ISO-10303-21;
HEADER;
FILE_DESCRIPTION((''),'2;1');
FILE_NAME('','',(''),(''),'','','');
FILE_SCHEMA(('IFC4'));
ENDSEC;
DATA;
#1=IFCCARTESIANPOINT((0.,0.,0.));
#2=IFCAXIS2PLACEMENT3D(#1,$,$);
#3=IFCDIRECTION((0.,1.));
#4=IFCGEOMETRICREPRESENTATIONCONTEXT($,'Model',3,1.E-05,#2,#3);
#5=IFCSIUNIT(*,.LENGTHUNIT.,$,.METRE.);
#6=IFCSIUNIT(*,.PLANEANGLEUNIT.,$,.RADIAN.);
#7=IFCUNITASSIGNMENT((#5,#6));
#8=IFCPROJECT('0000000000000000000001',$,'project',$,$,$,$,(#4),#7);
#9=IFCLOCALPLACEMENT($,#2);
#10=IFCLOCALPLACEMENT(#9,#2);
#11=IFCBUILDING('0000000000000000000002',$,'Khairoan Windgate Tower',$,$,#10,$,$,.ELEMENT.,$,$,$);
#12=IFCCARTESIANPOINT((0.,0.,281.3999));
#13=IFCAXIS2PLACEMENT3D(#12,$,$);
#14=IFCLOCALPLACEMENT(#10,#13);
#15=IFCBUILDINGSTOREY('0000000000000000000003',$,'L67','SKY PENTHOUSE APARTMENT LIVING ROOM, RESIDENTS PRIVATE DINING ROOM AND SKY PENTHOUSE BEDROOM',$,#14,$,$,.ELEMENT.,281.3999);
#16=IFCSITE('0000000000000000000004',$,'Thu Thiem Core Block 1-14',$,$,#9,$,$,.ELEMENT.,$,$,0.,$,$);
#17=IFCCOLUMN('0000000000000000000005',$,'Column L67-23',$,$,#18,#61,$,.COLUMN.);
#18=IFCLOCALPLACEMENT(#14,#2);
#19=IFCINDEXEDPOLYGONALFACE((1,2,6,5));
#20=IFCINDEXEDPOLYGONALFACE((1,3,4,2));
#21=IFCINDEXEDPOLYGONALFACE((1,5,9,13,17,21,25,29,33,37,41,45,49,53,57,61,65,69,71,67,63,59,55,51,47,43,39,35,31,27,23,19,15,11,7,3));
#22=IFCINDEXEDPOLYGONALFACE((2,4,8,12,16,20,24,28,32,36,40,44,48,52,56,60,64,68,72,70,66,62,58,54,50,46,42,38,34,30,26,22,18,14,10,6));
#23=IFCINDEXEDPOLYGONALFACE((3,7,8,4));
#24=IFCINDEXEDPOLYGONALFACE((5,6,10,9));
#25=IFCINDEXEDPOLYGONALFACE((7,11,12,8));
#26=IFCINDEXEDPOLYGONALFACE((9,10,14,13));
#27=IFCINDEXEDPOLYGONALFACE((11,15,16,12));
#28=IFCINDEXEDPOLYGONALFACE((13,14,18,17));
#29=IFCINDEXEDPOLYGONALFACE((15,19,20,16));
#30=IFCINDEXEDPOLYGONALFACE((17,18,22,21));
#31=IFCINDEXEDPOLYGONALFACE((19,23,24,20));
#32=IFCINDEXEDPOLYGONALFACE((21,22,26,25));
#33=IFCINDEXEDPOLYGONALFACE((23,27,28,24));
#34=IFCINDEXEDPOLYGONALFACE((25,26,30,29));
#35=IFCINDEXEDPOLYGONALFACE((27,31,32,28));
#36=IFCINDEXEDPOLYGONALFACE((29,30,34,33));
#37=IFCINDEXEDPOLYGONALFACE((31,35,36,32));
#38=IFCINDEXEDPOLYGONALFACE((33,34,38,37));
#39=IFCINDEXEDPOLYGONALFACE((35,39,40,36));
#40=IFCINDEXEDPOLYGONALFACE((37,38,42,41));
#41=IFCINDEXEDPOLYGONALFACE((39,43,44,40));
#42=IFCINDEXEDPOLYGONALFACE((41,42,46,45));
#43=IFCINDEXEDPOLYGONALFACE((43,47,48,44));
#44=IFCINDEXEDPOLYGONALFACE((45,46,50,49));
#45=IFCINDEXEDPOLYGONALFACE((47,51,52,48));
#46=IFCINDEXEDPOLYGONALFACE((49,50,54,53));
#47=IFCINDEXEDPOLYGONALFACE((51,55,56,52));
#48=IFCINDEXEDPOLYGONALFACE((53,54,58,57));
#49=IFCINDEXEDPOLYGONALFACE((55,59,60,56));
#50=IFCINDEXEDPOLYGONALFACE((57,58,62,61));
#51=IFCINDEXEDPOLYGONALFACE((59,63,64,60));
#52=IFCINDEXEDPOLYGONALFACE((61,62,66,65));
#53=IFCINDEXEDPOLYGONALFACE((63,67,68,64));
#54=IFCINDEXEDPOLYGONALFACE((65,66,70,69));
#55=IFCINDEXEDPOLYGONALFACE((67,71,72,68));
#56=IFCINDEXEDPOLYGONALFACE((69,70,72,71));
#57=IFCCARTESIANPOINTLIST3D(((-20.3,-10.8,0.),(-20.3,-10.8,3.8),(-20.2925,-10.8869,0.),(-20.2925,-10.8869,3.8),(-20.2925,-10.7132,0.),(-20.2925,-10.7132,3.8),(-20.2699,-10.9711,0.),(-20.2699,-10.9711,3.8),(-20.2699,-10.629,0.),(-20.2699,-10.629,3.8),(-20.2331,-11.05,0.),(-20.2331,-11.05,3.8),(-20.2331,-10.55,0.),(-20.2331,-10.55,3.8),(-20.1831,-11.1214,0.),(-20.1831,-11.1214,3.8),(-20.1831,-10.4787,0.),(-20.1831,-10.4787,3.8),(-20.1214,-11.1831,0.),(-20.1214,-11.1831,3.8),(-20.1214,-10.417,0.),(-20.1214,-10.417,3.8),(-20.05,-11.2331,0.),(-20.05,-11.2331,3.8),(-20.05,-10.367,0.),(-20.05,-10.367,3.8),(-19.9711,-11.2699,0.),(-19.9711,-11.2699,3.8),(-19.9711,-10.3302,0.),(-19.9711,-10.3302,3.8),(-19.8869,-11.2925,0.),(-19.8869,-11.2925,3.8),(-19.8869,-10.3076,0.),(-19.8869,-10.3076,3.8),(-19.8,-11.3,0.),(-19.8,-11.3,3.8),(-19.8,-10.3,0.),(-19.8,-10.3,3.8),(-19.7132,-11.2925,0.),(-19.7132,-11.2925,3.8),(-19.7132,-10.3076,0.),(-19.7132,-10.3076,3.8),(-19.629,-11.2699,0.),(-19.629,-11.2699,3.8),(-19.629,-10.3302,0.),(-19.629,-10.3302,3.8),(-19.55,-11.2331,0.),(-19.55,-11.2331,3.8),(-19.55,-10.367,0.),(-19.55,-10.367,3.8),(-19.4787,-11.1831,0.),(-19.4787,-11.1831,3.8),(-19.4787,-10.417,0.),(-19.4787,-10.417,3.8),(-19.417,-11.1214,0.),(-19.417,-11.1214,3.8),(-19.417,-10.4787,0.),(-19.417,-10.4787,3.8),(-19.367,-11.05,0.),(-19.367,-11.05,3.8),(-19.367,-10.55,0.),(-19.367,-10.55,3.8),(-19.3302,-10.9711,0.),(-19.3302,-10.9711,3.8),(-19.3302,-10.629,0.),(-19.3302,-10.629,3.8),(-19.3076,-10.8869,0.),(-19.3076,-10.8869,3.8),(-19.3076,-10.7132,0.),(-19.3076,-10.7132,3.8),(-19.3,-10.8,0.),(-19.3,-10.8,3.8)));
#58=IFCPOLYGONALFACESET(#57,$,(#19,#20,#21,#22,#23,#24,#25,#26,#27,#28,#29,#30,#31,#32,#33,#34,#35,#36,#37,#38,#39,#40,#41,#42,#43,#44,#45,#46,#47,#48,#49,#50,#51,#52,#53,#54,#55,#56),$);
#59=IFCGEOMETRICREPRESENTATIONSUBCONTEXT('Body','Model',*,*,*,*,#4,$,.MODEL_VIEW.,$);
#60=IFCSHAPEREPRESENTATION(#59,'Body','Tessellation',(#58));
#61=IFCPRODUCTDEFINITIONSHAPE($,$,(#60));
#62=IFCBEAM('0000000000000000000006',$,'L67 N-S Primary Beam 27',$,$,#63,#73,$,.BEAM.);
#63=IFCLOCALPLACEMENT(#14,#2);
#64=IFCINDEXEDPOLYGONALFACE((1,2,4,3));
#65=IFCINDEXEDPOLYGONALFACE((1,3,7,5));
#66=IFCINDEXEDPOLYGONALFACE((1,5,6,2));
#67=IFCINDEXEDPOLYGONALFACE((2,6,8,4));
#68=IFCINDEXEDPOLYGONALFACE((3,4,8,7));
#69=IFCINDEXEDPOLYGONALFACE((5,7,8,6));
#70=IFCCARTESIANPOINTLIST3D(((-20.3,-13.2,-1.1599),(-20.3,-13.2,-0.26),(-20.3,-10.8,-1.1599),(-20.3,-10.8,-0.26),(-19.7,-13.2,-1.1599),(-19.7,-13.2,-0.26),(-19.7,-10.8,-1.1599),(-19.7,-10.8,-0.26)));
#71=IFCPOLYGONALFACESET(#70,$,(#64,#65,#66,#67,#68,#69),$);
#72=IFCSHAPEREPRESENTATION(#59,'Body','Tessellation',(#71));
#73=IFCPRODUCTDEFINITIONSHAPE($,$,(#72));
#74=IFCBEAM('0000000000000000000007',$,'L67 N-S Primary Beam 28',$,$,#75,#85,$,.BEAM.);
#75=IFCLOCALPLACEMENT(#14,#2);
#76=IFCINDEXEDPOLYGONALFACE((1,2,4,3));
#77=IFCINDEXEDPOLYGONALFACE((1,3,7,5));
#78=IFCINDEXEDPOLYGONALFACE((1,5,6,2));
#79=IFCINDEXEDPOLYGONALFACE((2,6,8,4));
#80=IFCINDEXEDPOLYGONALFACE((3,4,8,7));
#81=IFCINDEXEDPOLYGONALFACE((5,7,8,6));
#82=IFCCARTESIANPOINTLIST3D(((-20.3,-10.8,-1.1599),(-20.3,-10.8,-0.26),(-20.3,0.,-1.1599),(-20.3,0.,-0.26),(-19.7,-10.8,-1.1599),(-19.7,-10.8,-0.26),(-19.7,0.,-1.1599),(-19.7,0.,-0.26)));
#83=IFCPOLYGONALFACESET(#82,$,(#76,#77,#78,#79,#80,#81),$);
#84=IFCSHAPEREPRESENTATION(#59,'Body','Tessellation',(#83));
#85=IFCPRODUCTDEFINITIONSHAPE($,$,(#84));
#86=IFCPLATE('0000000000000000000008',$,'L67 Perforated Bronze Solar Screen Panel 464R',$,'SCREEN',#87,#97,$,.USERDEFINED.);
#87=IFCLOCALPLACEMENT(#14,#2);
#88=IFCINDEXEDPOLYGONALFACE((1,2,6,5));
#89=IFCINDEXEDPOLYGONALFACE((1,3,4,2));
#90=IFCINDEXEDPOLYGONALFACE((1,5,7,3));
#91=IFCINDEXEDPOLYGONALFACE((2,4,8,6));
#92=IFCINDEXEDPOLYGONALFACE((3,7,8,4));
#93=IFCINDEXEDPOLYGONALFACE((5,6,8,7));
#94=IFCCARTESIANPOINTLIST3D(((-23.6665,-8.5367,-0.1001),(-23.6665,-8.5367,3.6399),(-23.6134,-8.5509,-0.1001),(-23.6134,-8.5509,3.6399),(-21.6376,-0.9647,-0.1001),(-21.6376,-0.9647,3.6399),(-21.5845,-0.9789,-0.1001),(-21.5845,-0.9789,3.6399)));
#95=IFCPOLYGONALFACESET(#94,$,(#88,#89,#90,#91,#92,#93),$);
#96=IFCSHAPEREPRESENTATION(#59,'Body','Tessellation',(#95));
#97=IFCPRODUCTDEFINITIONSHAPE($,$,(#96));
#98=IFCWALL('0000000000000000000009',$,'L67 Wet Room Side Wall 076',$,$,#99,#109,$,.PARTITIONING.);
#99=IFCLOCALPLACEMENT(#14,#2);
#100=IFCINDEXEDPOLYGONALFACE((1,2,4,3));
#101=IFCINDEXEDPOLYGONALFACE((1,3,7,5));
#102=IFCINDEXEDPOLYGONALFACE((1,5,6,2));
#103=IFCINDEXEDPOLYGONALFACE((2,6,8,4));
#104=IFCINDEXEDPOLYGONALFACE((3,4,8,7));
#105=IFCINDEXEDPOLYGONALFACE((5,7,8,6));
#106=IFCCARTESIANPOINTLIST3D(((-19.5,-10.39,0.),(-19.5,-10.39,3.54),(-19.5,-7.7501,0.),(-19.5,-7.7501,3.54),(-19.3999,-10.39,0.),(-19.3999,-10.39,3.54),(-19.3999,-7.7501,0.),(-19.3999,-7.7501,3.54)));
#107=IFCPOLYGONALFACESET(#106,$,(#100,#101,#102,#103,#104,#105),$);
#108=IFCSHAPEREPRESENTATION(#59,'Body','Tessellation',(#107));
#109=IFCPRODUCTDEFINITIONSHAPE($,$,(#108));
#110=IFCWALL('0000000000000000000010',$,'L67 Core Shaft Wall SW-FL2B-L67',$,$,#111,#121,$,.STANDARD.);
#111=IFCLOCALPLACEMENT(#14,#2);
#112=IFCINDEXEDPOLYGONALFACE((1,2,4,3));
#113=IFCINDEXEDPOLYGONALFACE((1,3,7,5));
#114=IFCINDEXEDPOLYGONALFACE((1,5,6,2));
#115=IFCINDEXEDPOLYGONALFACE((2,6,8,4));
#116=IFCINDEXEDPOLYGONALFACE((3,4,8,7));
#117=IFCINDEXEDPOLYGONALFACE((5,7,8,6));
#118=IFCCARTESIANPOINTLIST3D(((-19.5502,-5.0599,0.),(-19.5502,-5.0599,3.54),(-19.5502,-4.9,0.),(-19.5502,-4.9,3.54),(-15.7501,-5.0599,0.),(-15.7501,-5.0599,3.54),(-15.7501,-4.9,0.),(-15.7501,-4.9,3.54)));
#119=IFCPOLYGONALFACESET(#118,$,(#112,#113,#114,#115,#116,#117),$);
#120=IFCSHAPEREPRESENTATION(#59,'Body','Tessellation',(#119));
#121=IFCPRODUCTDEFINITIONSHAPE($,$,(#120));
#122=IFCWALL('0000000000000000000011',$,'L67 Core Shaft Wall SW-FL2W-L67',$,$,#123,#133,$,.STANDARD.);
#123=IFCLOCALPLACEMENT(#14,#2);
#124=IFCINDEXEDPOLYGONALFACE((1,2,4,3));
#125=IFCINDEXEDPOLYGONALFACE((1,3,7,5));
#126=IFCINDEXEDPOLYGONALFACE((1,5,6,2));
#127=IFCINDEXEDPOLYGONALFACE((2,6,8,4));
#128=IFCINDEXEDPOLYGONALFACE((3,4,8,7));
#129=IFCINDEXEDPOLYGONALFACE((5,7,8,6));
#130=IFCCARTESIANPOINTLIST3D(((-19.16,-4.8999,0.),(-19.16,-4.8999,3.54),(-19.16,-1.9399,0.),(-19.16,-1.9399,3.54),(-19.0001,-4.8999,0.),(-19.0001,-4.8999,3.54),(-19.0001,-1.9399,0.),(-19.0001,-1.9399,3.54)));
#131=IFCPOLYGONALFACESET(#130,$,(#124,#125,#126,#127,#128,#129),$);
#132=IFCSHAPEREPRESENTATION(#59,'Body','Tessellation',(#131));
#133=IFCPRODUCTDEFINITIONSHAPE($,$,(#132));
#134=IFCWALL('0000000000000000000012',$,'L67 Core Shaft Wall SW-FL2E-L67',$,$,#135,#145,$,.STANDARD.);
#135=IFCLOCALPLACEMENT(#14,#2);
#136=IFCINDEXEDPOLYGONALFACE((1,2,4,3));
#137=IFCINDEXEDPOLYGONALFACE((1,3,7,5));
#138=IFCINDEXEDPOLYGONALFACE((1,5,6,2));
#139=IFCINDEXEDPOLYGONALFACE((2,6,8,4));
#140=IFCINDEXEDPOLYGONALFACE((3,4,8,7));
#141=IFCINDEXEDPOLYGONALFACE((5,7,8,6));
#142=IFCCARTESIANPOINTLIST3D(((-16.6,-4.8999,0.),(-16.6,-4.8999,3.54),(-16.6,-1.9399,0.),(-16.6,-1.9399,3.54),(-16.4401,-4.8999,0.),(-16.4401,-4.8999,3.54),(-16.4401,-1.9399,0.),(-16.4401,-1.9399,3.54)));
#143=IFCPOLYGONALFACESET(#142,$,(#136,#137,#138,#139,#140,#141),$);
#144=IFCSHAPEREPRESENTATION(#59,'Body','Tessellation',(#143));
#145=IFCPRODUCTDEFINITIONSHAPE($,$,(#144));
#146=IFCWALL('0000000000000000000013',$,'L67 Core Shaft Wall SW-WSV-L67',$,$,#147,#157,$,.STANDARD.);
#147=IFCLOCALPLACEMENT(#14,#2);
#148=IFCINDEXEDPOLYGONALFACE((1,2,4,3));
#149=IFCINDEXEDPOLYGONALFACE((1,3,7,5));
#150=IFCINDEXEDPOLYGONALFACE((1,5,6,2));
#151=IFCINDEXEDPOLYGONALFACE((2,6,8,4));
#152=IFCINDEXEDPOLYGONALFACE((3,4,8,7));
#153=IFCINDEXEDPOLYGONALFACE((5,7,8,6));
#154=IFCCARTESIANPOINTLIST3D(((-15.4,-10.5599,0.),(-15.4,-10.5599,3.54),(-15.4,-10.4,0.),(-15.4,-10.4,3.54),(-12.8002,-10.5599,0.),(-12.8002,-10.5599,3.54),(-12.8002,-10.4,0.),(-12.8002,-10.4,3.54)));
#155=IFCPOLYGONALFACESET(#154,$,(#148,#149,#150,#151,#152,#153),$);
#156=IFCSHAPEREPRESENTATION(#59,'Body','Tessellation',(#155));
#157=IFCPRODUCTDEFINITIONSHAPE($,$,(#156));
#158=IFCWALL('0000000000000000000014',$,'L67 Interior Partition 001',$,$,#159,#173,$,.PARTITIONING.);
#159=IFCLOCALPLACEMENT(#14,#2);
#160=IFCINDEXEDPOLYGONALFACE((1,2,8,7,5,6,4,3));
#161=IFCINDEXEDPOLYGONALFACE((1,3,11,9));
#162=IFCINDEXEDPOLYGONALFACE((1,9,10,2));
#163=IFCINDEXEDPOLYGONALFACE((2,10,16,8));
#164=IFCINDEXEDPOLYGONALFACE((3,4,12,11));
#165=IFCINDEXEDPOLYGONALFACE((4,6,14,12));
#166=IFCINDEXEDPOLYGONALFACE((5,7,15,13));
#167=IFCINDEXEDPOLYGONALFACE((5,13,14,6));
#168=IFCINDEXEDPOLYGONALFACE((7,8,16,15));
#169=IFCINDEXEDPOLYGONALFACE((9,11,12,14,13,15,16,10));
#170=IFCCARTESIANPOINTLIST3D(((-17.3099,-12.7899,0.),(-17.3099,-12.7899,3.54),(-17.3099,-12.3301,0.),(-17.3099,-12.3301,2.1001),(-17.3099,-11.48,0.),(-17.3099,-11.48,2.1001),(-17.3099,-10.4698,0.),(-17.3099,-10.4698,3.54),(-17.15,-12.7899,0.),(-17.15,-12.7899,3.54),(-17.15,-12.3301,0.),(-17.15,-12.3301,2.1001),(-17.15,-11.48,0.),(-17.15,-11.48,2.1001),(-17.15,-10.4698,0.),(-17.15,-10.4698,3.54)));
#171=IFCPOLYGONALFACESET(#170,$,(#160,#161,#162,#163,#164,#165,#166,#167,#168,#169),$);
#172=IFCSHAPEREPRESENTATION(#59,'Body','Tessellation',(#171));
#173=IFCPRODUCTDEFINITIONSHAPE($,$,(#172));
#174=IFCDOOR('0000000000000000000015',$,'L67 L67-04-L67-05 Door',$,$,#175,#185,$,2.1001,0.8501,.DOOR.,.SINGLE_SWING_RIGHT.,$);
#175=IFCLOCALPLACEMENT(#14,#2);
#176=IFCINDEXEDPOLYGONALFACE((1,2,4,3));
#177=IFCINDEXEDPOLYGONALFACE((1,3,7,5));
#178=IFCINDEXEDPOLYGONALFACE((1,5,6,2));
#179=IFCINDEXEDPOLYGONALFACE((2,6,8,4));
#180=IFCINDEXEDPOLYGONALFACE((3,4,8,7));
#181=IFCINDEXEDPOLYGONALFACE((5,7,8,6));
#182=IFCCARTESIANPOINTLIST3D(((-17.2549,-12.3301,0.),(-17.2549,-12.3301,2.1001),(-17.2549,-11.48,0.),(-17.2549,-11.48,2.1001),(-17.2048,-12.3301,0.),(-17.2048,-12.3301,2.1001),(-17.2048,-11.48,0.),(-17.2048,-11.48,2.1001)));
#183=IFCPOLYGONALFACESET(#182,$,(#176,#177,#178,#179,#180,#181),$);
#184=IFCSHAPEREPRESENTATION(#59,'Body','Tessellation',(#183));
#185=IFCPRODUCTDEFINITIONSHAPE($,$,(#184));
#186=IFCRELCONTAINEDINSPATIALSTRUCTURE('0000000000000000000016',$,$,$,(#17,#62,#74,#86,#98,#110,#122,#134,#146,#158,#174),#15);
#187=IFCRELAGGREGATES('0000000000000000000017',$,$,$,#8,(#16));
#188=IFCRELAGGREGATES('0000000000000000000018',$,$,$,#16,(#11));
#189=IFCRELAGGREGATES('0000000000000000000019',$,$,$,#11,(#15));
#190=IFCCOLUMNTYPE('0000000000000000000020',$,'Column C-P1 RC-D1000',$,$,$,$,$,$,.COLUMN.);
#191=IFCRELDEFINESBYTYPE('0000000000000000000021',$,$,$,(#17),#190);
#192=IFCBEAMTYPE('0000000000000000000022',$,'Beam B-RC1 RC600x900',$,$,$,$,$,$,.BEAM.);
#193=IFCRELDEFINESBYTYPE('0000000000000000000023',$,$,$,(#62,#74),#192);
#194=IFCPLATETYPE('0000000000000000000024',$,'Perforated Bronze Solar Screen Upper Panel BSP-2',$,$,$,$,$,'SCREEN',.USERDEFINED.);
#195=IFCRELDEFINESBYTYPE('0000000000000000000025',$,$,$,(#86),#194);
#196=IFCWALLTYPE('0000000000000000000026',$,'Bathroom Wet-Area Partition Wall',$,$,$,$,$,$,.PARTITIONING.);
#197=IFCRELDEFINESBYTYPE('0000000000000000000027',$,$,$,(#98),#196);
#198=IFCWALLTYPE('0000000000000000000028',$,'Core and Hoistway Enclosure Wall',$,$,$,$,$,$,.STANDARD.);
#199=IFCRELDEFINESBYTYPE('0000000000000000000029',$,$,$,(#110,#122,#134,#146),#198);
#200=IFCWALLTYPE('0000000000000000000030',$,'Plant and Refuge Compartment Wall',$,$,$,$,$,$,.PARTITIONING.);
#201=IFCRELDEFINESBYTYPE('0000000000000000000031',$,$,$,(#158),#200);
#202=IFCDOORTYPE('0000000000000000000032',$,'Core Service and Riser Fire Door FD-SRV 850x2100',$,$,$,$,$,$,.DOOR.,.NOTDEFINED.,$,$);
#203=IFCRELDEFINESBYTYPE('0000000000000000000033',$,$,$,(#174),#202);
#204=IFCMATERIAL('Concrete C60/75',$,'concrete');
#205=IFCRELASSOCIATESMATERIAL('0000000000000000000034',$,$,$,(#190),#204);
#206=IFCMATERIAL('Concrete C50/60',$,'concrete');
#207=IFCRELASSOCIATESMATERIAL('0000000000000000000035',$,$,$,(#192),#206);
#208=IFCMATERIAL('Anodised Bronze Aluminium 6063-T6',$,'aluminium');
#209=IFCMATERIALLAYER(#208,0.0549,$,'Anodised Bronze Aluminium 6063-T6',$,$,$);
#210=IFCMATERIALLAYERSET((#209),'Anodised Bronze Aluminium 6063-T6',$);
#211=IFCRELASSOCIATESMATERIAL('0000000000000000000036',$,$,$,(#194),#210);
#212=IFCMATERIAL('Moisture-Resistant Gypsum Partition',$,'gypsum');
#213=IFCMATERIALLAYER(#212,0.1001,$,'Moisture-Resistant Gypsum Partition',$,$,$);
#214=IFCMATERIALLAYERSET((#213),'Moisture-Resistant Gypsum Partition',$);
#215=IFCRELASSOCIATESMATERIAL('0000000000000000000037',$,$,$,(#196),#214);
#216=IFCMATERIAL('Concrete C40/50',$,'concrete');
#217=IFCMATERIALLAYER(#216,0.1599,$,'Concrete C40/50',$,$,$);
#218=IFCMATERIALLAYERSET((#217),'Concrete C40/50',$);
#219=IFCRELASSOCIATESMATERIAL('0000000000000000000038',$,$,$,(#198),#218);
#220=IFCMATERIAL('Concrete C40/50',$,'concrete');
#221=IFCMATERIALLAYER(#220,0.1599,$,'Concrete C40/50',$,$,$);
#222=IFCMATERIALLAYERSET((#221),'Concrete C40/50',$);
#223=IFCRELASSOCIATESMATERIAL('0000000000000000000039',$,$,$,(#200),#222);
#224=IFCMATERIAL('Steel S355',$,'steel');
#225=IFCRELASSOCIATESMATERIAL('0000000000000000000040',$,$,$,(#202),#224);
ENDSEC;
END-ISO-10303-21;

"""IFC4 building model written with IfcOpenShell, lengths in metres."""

from ifc_helpers import new_model, si_unit, direction, frame, frame_2d, origin, origin_2d, place, context, subcontext, project, spatial, rectangle, circle, extrude, material, layer, layer_set, material_profile, profile_set, type_object, element, fill, save


model = new_model("IFC4")

# Units and contexts
model_context = context("Model", 3, precision=1e-05, world=origin(), true_north=direction((0.0, 1.0)))
body_context = subcontext(model_context, "Body", "Model", "MODEL_VIEW")
ifc_project = project(units=[si_unit("LENGTHUNIT", "METRE"), si_unit("PLANEANGLEUNIT", "RADIAN")], contexts=[model_context])

# Site, building, storey
site_placement = place(None, origin())
site = spatial("IfcSite", under=ifc_project, at=site_placement, Name="Thu Thiem Core Block 1-14", CompositionType="ELEMENT", RefElevation=0.0)
building_placement = place(site_placement, origin())
building = spatial("IfcBuilding", under=site, at=building_placement, Name="Khairoan Windgate Tower", CompositionType="ELEMENT")
storey_placement = place(building_placement, frame((0.0, 0.0, 281.3999)))
storey = spatial("IfcBuildingStorey", under=building, at=storey_placement, Name="L67", Description="SKY PENTHOUSE APARTMENT LIVING ROOM, RESIDENTS PRIVATE DINING ROOM AND SKY PENTHOUSE BEDROOM", CompositionType="ELEMENT", Elevation=281.3999)

# Column
ifc_material_1 = material(Name="Concrete C60/75", Category="concrete")
ifc_material_profile_1 = material_profile(ifc_material_1, circle(Radius=0.5, at=origin_2d()))
ifc_profile_set_1 = profile_set([ifc_material_profile_1], Name="Concrete C60/75")
column_type = type_object("IfcColumnType", Name="Column C-P1 RC-D1000", PredefinedType="COLUMN", material=ifc_profile_set_1)
column_placement = place(storey_placement, frame((-19.8, -10.8, 0.0), z_axis=(0.0, 0.0, 1.0), x_axis=(1.0, 0.0, 0.0)))
element("IfcColumn", 1, at=column_placement, inside=storey, type_object=column_type, Name="Column L67-23", PredefinedType="COLUMN", context=body_context, shape_type="SweptSolid", body=[
    extrude(circle(Radius=0.5, at=origin_2d()), origin(), (0.0, 0.0, 1.0), 3.8),
])

# Beams
ifc_material_2 = material(Name="Concrete C50/60", Category="concrete")
ifc_material_profile_2 = material_profile(ifc_material_2, rectangle(XDim=0.6001, YDim=0.8999, at=origin_2d()))
ifc_profile_set_2 = profile_set([ifc_material_profile_2], Name="Concrete C50/60")
beam_type = type_object("IfcBeamType", Name="Beam B-RC1 RC600x900", PredefinedType="BEAM", material=ifc_profile_set_2)
beam_1_placement = place(storey_placement, frame((-20.0, -13.2, -0.71), z_axis=(0.0, 1.0, 0.0), x_axis=(-1.0, 0.0, 0.0)))
element("IfcBeam", 2, at=beam_1_placement, inside=storey, type_object=beam_type, Name="L67 N-S Primary Beam 27", PredefinedType="BEAM", context=body_context, shape_type="SweptSolid", body=[
    extrude(rectangle(XDim=0.6001, YDim=0.8999, at=origin_2d()), origin(), (0.0, 0.0, 1.0), 2.3999),
])
beam_2_placement = place(storey_placement, frame((-20.0, -10.8, -0.71), z_axis=(0.0, 1.0, 0.0), x_axis=(-1.0, 0.0, 0.0)))
element("IfcBeam", 3, at=beam_2_placement, inside=storey, type_object=beam_type, Name="L67 N-S Primary Beam 28", PredefinedType="BEAM", context=body_context, shape_type="SweptSolid", body=[
    extrude(rectangle(XDim=0.6001, YDim=0.8999, at=origin_2d()), origin(), (0.0, 0.0, 1.0), 10.8),
])

# Plate
ifc_material_3 = material(Name="Anodised Bronze Aluminium 6063-T6", Category="aluminium")
ifc_layer_1 = layer(ifc_material_3, 0.0549, Name="Anodised Bronze Aluminium 6063-T6")
ifc_layer_set_1 = layer_set([ifc_layer_1], Name="Anodised Bronze Aluminium 6063-T6")
plate_type = type_object("IfcPlateType", Name="Perforated Bronze Solar Screen Upper Panel BSP-2", ElementType="SCREEN", PredefinedType="USERDEFINED", material=ifc_layer_set_1)
plate_placement = place(storey_placement, frame((-22.6255, -4.7578, -0.1001), z_axis=(0.0, 0.0, 1.0), x_axis=(0.258819, 0.965926, 0.0)))
element("IfcPlate", 4, at=plate_placement, inside=storey, type_object=plate_type, Name="L67 Perforated Bronze Solar Screen Panel 464R", ObjectType="SCREEN", PredefinedType="USERDEFINED", context=body_context, shape_type="SweptSolid", body=[
    extrude(rectangle(XDim=7.8391, YDim=0.0549, at=origin_2d()), origin(), (0.0, 0.0, 1.0), 3.74),
])

# Walls
ifc_material_4 = material(Name="Moisture-Resistant Gypsum Partition", Category="gypsum")
ifc_layer_2 = layer(ifc_material_4, 0.1001, Name="Moisture-Resistant Gypsum Partition")
ifc_layer_set_2 = layer_set([ifc_layer_2], Name="Moisture-Resistant Gypsum Partition")
wall_type_1 = type_object("IfcWallType", Name="Bathroom Wet-Area Partition Wall", PredefinedType="PARTITIONING", material=ifc_layer_set_2)
wall_1_placement = place(storey_placement, frame((-19.45, -10.3899, 0.0), z_axis=(0.0, 0.0, 1.0), x_axis=(0.0, 1.0, 0.0)))
element("IfcWall", 5, at=wall_1_placement, inside=storey, type_object=wall_type_1, Name="L67 Wet Room Side Wall 076", PredefinedType="PARTITIONING", context=body_context, shape_type="SweptSolid", body=[
    extrude(rectangle(XDim=2.6399, YDim=0.1001, at=frame_2d((1.3198, 0.0))), origin(), (0.0, 0.0, 1.0), 3.54),
])
ifc_material_5 = material(Name="Concrete C40/50", Category="concrete")
ifc_layer_3 = layer(ifc_material_5, 0.1599, Name="Concrete C40/50")
ifc_layer_set_3 = layer_set([ifc_layer_3], Name="Concrete C40/50")
wall_type_2 = type_object("IfcWallType", Name="Core and Hoistway Enclosure Wall", PredefinedType="STANDARD", material=ifc_layer_set_3)
wall_2_placement = place(storey_placement, frame((-19.55, -4.98, 0.0), z_axis=(0.0, 0.0, 1.0), x_axis=(1.0, 0.0, 0.0)))
element("IfcWall", 6, at=wall_2_placement, inside=storey, type_object=wall_type_2, Name="L67 Core Shaft Wall SW-FL2B-L67", PredefinedType="STANDARD", context=body_context, shape_type="SweptSolid", body=[
    extrude(rectangle(XDim=3.8, YDim=0.1599, at=frame_2d((1.8999, 0.0))), origin(), (0.0, 0.0, 1.0), 3.54),
])
for number, where, z_axis, x_axis, name in (
    (7, (-19.0801, -4.8999, 0.0), (0.0, 0.0, 1.0), (0.0, 1.0, 0.0), "L67 Core Shaft Wall SW-FL2W-L67"),
    (8, (-16.52, -4.8999, 0.0), (0.0, 0.0, 1.0), (0.0, 1.0, 0.0), "L67 Core Shaft Wall SW-FL2E-L67"),
):
    element("IfcWall", number, at=place(storey_placement, frame(where, z_axis=z_axis, x_axis=x_axis)), inside=storey, type_object=wall_type_2, Name=name, PredefinedType="STANDARD", context=body_context, shape_type="SweptSolid", body=[
        extrude(rectangle(XDim=2.96, YDim=0.1599, at=frame_2d((1.48, 0.0))), origin(), (0.0, 0.0, 1.0), 3.54),
    ])
wall_3_placement = place(storey_placement, frame((-15.3999, -10.48, 0.0), z_axis=(0.0, 0.0, 1.0), x_axis=(1.0, 0.0, 0.0)))
element("IfcWall", 9, at=wall_3_placement, inside=storey, type_object=wall_type_2, Name="L67 Core Shaft Wall SW-WSV-L67", PredefinedType="STANDARD", context=body_context, shape_type="SweptSolid", body=[
    extrude(rectangle(XDim=2.5999, YDim=0.1599, at=frame_2d((1.2998, 0.0))), origin(), (0.0, 0.0, 1.0), 3.54),
])

# Wall, opening, door
ifc_material_6 = material(Name="Concrete C40/50", Category="concrete")
ifc_layer_4 = layer(ifc_material_6, 0.1599, Name="Concrete C40/50")
ifc_layer_set_4 = layer_set([ifc_layer_4], Name="Concrete C40/50")
wall_type_3 = type_object("IfcWallType", Name="Plant and Refuge Compartment Wall", PredefinedType="PARTITIONING", material=ifc_layer_set_4)
wall_4_placement = place(storey_placement, frame((-17.23, -12.79, 0.0), z_axis=(0.0, 0.0, 1.0), x_axis=(0.0, 1.0, 0.0)))
wall_4 = element("IfcWall", 10, at=wall_4_placement, inside=storey, type_object=wall_type_3, Name="L67 Interior Partition 001", PredefinedType="PARTITIONING", context=body_context, shape_type="SweptSolid", body=[
    extrude(rectangle(XDim=2.3201, YDim=0.1599, at=frame_2d((1.1602, 0.0))), origin(), (0.0, 0.0, 1.0), 3.54),
])
opening_1_placement = place(wall_4_placement, frame((0.46, 0.0, 0.0)))
opening_1 = element("IfcOpeningElement", 11, at=opening_1_placement, cuts=wall_4, PredefinedType="OPENING", context=body_context, shape_type="SweptSolid", body=[
    extrude(rectangle(XDim=0.8501, YDim=2.1001, at=frame_2d((0.425, 1.05))), frame((0.0, 0.0898, 0.0), z_axis=(0.0, -1.0, 0.0), x_axis=(1.0, 0.0, 0.0)), (0.0, 0.0, 1.0), 0.1799),
])
ifc_material_7 = material(Name="Steel S355", Category="steel")
door_type_1 = type_object("IfcDoorType", Name="Core Service and Riser Fire Door FD-SRV 850x2100", OperationType="NOTDEFINED", PredefinedType="DOOR", material=ifc_material_7)
door_1_placement = place(opening_1_placement, origin())
door_1 = element("IfcDoor", 12, at=door_1_placement, inside=storey, type_object=door_type_1, Name="L67 L67-04-L67-05 Door", OperationType="SINGLE_SWING_RIGHT", OverallHeight=2.1001, OverallWidth=0.8501, PredefinedType="DOOR", context=body_context, shape_type="SweptSolid", body=[
    extrude(rectangle(XDim=0.8501, YDim=2.1001, at=frame_2d((0.425, 1.05))), frame((0.0, 0.0249, 0.0), z_axis=(0.0, -1.0, 0.0), x_axis=(1.0, 0.0, 0.0)), (0.0, 0.0, 1.0), 0.05),
])
fill(opening_1, door_1)

save(model, "model.ifc")
